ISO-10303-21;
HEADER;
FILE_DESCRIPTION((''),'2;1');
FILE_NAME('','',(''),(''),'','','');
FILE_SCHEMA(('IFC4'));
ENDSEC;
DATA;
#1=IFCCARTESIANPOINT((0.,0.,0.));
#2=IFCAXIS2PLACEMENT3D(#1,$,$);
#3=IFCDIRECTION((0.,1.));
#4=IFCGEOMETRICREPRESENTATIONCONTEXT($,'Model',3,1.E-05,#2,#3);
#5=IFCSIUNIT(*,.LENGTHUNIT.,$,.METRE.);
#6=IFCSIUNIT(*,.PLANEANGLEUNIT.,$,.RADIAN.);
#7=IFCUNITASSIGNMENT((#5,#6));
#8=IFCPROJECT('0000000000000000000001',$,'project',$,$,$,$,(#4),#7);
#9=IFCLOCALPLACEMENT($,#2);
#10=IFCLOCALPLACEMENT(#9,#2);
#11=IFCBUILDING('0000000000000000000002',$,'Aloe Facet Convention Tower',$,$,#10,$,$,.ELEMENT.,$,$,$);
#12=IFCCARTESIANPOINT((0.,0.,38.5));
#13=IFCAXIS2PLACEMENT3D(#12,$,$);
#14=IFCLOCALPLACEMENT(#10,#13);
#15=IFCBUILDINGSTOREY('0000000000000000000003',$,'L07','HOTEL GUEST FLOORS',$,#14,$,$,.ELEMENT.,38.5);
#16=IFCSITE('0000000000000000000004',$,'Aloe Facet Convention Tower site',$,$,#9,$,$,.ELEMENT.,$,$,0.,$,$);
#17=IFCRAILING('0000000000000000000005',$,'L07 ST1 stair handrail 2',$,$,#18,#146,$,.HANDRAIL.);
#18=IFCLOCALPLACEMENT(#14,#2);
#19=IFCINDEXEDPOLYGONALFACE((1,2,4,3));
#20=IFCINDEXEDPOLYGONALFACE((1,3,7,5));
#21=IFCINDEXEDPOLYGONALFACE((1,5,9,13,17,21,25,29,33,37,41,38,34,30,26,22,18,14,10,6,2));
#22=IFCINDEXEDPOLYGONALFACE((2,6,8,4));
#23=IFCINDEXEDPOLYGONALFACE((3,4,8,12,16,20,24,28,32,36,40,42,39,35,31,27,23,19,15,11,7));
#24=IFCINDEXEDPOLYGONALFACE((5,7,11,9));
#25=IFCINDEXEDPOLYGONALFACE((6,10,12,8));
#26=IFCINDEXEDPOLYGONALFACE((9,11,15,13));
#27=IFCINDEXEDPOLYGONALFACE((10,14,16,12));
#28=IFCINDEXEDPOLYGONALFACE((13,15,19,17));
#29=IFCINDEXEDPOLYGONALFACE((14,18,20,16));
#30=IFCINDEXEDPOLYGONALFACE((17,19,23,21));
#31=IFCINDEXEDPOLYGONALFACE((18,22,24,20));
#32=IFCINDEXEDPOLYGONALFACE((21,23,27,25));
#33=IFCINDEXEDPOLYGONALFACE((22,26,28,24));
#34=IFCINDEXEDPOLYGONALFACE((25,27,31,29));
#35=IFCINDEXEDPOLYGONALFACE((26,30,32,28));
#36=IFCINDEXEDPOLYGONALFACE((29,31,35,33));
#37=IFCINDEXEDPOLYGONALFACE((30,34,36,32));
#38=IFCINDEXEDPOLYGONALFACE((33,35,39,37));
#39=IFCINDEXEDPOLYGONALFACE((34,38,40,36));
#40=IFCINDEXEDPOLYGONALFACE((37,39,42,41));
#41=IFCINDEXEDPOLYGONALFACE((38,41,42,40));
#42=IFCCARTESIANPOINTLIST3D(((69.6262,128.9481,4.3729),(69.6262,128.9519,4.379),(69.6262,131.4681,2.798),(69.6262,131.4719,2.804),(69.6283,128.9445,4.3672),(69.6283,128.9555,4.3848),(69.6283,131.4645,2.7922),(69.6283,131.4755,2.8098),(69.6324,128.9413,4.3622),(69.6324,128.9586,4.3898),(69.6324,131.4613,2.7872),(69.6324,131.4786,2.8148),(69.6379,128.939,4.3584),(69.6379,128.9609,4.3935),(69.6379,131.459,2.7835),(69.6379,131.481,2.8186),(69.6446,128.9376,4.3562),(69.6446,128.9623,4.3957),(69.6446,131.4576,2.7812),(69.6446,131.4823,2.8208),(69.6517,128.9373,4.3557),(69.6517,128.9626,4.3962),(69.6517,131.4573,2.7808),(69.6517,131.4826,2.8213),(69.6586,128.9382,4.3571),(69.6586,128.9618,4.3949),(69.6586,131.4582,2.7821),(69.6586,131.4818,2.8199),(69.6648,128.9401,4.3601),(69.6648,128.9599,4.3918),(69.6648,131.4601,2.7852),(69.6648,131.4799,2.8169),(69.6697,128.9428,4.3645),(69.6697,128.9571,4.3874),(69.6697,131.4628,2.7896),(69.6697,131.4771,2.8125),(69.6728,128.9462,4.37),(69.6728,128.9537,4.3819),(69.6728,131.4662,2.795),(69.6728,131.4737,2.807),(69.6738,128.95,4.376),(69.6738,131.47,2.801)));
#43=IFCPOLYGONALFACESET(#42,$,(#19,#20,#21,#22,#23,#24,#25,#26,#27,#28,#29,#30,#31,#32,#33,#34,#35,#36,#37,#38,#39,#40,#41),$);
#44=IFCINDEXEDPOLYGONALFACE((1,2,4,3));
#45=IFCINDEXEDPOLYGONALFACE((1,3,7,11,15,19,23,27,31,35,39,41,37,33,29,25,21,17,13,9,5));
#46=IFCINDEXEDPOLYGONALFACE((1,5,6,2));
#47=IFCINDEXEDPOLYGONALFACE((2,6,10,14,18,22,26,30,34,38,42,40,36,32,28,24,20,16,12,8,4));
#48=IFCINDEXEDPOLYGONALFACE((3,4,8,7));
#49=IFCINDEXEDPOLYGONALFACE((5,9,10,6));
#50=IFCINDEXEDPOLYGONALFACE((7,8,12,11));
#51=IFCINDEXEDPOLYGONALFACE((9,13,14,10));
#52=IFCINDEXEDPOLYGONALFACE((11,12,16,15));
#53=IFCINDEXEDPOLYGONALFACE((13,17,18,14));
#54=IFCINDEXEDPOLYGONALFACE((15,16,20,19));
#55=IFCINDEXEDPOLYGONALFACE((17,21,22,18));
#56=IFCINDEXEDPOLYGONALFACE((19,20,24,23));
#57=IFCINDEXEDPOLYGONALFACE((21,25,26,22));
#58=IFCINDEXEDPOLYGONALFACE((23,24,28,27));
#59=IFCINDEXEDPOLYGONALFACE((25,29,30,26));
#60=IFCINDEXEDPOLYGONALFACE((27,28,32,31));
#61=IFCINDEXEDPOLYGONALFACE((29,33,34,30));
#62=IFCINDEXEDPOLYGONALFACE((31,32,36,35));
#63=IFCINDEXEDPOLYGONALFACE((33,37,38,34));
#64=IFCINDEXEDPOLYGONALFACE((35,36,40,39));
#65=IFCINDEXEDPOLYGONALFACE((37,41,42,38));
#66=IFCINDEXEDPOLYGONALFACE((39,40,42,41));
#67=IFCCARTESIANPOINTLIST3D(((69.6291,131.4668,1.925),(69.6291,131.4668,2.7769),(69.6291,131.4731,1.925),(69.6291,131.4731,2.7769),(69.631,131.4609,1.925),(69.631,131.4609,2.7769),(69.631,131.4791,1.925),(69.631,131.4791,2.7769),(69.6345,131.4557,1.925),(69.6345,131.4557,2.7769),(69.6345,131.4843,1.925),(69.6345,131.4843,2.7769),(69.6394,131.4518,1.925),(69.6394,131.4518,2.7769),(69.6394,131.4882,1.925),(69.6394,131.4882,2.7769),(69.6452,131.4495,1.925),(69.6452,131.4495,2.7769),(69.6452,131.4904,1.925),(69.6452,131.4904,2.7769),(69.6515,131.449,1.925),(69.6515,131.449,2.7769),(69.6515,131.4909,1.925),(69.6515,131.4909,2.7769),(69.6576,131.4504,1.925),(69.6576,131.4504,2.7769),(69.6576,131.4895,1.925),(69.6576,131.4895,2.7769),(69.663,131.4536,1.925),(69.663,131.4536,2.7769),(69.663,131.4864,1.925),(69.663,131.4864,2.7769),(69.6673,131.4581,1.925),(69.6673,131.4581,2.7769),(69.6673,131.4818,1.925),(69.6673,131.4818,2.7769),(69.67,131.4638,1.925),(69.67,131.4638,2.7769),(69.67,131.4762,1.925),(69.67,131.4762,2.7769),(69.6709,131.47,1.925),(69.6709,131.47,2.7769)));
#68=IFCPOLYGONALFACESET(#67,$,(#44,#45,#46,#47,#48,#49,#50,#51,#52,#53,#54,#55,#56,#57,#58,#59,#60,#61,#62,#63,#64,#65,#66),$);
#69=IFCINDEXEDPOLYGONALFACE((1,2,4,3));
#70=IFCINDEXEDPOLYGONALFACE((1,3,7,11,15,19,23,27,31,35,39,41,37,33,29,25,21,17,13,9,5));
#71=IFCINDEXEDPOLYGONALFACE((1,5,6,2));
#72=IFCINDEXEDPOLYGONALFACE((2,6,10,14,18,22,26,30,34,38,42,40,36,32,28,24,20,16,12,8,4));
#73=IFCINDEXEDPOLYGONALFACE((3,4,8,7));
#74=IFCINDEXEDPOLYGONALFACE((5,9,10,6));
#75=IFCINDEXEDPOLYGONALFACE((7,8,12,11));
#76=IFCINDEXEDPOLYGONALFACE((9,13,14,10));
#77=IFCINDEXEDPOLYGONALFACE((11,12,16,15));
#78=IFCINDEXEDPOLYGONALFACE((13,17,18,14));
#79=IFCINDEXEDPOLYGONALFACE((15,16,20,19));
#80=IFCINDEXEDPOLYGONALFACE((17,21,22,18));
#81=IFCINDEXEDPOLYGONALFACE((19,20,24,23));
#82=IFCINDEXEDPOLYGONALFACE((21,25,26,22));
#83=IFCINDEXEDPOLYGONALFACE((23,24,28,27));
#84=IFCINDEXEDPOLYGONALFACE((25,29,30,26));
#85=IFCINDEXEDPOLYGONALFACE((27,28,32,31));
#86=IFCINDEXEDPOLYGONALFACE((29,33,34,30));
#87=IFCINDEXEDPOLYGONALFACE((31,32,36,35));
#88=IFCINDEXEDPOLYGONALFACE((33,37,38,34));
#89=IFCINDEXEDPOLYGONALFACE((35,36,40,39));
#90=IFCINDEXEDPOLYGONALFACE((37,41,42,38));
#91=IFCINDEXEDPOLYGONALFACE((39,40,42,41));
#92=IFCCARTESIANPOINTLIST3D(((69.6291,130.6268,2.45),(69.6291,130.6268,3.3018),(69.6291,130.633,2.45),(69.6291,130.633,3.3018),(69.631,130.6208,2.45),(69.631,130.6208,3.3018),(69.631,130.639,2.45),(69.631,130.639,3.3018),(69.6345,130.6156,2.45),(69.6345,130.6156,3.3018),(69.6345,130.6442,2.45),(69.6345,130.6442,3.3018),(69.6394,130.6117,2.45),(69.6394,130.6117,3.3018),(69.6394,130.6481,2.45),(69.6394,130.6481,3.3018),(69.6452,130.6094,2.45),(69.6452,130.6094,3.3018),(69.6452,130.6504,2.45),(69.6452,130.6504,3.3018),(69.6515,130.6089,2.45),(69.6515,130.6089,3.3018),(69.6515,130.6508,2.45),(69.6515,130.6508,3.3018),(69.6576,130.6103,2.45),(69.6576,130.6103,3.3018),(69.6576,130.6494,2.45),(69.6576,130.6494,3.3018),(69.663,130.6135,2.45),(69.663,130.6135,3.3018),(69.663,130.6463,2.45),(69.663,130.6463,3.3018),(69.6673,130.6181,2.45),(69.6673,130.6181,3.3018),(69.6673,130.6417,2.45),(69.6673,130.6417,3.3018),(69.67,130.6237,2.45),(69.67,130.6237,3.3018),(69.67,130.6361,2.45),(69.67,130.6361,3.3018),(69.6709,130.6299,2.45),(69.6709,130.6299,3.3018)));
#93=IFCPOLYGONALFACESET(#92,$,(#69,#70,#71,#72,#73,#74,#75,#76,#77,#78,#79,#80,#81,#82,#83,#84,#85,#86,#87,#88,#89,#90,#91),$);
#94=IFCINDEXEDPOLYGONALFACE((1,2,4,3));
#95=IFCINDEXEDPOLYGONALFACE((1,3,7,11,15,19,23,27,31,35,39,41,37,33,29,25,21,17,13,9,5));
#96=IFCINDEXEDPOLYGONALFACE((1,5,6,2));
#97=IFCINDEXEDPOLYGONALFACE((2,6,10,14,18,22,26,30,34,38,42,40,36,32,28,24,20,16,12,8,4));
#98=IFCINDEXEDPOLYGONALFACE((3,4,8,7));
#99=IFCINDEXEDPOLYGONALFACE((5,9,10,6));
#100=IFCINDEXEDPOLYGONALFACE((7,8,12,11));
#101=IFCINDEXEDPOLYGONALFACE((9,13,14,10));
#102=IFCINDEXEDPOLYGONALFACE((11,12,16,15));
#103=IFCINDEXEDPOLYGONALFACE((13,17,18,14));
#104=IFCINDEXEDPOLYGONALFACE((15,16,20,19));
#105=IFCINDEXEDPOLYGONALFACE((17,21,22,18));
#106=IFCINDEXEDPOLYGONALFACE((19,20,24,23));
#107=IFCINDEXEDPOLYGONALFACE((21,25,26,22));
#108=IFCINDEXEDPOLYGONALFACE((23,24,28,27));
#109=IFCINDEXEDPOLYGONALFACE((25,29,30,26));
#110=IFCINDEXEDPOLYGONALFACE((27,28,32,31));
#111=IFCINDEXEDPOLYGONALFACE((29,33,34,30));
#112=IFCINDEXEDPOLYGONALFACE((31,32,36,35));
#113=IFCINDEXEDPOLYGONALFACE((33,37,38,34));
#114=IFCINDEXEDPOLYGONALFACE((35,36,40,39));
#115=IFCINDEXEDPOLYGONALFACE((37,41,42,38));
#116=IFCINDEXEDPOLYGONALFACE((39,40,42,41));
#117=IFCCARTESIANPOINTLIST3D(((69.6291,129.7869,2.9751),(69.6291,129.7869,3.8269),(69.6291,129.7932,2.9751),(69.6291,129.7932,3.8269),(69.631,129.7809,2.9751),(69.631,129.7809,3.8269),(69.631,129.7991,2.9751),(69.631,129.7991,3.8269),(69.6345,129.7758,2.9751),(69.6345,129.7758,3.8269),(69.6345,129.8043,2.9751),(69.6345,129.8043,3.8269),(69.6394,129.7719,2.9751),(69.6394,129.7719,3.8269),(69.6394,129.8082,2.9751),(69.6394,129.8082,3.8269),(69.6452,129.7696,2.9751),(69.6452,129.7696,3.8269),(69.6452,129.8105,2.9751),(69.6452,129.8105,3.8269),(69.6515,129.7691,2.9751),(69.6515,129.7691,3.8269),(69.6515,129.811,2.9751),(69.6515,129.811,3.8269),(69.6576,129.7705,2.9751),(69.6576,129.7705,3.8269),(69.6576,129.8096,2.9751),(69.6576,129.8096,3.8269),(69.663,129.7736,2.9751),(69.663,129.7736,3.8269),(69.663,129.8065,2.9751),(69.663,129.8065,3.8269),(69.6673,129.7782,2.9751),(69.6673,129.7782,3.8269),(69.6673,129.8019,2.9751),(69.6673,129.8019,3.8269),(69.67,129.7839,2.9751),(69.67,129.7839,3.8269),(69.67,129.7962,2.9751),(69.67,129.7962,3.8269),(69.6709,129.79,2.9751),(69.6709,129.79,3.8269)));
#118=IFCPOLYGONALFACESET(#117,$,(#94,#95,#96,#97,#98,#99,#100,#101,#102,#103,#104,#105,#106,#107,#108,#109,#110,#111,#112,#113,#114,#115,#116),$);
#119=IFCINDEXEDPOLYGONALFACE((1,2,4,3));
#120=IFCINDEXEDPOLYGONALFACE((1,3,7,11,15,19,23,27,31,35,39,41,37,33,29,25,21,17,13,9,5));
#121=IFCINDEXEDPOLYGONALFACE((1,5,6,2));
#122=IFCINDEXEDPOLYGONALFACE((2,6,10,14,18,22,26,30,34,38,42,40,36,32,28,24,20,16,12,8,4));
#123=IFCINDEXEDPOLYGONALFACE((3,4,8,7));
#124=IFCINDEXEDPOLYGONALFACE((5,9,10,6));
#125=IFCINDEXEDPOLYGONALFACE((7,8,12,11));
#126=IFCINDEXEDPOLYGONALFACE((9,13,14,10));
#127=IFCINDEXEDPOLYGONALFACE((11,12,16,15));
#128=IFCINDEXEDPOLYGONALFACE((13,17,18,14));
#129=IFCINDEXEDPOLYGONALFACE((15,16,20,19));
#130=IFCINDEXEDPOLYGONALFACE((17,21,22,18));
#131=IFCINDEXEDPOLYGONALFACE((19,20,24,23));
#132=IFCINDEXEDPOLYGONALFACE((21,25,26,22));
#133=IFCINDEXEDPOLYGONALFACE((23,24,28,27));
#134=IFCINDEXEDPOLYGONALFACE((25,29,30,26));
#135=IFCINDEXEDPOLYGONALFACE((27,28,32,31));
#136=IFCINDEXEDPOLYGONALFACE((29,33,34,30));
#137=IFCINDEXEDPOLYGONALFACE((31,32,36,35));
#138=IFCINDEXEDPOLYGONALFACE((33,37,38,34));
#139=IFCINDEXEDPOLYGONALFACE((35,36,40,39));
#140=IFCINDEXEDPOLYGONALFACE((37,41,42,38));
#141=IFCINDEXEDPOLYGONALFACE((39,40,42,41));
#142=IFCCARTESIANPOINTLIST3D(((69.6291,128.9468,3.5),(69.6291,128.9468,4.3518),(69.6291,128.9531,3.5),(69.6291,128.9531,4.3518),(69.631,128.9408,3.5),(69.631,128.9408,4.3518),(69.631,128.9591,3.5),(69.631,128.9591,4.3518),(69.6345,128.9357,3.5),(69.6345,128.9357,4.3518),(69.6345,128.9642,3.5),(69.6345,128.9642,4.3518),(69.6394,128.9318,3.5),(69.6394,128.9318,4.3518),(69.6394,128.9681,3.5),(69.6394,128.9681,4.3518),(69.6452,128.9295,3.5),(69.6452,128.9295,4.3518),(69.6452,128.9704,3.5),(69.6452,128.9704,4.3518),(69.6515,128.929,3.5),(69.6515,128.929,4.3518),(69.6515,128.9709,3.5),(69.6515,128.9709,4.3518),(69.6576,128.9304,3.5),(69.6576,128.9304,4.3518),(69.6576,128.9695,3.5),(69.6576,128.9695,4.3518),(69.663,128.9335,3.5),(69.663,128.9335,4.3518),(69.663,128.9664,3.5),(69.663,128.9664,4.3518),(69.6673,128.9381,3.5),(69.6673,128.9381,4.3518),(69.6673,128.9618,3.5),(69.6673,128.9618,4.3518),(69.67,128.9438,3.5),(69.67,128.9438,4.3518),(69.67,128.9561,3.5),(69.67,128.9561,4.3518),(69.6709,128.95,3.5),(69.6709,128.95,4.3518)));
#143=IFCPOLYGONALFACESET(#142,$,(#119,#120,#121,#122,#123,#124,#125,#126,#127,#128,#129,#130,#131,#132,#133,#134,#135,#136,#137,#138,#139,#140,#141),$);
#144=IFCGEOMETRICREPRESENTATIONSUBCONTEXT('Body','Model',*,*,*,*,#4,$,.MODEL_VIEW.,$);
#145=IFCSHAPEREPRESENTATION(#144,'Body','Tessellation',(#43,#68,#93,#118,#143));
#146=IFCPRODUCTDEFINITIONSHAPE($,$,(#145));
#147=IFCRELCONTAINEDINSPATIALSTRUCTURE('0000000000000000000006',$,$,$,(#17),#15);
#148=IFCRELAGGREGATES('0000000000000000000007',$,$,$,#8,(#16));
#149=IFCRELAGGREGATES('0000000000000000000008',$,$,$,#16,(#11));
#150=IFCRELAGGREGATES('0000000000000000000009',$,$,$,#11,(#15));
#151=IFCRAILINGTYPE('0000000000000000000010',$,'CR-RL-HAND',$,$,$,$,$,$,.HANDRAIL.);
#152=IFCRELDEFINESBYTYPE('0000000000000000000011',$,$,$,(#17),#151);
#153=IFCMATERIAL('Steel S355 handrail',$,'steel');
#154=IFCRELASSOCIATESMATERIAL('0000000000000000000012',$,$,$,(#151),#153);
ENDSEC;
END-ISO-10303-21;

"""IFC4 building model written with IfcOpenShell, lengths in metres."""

from ifc_helpers import new_model, si_unit, direction, frame, origin, origin_2d, place, context, subcontext, project, spatial, circle, extrude, material, type_object, element, save


model = new_model("IFC4")

# Units and contexts
model_context = context("Model", 3, precision=1e-05, world=origin(), true_north=direction((0.0, 1.0)))
body_context = subcontext(model_context, "Body", "Model", "MODEL_VIEW")
ifc_project = project(units=[si_unit("LENGTHUNIT", "METRE"), si_unit("PLANEANGLEUNIT", "RADIAN")], contexts=[model_context])

# Site, building, storey
site_placement = place(None, origin())
site = spatial("IfcSite", under=ifc_project, at=site_placement, Name="Aloe Facet Convention Tower site", CompositionType="ELEMENT", RefElevation=0.0)
building_placement = place(site_placement, origin())
building = spatial("IfcBuilding", under=site, at=building_placement, Name="Aloe Facet Convention Tower", CompositionType="ELEMENT")
storey_placement = place(building_placement, frame((0.0, 0.0, 38.5)))
storey = spatial("IfcBuildingStorey", under=building, at=storey_placement, Name="L07", Description="HOTEL GUEST FLOORS", CompositionType="ELEMENT", Elevation=38.5)

# Railing
ifc_material_1 = material(Name="Steel S355 handrail", Category="steel")
railing_type_1 = type_object("IfcRailingType", Name="CR-RL-HAND", PredefinedType="HANDRAIL", material=ifc_material_1)
railing_1_placement = place(storey_placement, frame((69.6499, 131.47, 1.925)))
element("IfcRailing", 1, at=railing_1_placement, inside=storey, type_object=railing_type_1, Name="L07 ST1 stair handrail 2", PredefinedType="HANDRAIL", context=body_context, shape_type="SweptSolid", body=[
    extrude(circle(Radius=0.0239, at=origin_2d()), frame((0.0, 0.0, 0.876), z_axis=(0.0, -0.848008, 0.529984), x_axis=(1.0, 0.0, 0.0)), (0.0, 0.0, 1.0), 2.9717),
    extrude(circle(Radius=0.021, at=origin_2d()), origin(), (0.0, 0.0, 1.0), 0.8518),
    extrude(circle(Radius=0.021, at=origin_2d()), frame((0.0, -0.8401, 0.5249)), (0.0, 0.0, 1.0), 0.8518),
    extrude(circle(Radius=0.021, at=origin_2d()), frame((0.0, -1.6799, 1.05)), (0.0, 0.0, 1.0), 0.8518),
    extrude(circle(Radius=0.021, at=origin_2d()), frame((0.0, -2.52, 1.575)), (0.0, 0.0, 1.0), 0.8518),
])

save(model, "model.ifc")
